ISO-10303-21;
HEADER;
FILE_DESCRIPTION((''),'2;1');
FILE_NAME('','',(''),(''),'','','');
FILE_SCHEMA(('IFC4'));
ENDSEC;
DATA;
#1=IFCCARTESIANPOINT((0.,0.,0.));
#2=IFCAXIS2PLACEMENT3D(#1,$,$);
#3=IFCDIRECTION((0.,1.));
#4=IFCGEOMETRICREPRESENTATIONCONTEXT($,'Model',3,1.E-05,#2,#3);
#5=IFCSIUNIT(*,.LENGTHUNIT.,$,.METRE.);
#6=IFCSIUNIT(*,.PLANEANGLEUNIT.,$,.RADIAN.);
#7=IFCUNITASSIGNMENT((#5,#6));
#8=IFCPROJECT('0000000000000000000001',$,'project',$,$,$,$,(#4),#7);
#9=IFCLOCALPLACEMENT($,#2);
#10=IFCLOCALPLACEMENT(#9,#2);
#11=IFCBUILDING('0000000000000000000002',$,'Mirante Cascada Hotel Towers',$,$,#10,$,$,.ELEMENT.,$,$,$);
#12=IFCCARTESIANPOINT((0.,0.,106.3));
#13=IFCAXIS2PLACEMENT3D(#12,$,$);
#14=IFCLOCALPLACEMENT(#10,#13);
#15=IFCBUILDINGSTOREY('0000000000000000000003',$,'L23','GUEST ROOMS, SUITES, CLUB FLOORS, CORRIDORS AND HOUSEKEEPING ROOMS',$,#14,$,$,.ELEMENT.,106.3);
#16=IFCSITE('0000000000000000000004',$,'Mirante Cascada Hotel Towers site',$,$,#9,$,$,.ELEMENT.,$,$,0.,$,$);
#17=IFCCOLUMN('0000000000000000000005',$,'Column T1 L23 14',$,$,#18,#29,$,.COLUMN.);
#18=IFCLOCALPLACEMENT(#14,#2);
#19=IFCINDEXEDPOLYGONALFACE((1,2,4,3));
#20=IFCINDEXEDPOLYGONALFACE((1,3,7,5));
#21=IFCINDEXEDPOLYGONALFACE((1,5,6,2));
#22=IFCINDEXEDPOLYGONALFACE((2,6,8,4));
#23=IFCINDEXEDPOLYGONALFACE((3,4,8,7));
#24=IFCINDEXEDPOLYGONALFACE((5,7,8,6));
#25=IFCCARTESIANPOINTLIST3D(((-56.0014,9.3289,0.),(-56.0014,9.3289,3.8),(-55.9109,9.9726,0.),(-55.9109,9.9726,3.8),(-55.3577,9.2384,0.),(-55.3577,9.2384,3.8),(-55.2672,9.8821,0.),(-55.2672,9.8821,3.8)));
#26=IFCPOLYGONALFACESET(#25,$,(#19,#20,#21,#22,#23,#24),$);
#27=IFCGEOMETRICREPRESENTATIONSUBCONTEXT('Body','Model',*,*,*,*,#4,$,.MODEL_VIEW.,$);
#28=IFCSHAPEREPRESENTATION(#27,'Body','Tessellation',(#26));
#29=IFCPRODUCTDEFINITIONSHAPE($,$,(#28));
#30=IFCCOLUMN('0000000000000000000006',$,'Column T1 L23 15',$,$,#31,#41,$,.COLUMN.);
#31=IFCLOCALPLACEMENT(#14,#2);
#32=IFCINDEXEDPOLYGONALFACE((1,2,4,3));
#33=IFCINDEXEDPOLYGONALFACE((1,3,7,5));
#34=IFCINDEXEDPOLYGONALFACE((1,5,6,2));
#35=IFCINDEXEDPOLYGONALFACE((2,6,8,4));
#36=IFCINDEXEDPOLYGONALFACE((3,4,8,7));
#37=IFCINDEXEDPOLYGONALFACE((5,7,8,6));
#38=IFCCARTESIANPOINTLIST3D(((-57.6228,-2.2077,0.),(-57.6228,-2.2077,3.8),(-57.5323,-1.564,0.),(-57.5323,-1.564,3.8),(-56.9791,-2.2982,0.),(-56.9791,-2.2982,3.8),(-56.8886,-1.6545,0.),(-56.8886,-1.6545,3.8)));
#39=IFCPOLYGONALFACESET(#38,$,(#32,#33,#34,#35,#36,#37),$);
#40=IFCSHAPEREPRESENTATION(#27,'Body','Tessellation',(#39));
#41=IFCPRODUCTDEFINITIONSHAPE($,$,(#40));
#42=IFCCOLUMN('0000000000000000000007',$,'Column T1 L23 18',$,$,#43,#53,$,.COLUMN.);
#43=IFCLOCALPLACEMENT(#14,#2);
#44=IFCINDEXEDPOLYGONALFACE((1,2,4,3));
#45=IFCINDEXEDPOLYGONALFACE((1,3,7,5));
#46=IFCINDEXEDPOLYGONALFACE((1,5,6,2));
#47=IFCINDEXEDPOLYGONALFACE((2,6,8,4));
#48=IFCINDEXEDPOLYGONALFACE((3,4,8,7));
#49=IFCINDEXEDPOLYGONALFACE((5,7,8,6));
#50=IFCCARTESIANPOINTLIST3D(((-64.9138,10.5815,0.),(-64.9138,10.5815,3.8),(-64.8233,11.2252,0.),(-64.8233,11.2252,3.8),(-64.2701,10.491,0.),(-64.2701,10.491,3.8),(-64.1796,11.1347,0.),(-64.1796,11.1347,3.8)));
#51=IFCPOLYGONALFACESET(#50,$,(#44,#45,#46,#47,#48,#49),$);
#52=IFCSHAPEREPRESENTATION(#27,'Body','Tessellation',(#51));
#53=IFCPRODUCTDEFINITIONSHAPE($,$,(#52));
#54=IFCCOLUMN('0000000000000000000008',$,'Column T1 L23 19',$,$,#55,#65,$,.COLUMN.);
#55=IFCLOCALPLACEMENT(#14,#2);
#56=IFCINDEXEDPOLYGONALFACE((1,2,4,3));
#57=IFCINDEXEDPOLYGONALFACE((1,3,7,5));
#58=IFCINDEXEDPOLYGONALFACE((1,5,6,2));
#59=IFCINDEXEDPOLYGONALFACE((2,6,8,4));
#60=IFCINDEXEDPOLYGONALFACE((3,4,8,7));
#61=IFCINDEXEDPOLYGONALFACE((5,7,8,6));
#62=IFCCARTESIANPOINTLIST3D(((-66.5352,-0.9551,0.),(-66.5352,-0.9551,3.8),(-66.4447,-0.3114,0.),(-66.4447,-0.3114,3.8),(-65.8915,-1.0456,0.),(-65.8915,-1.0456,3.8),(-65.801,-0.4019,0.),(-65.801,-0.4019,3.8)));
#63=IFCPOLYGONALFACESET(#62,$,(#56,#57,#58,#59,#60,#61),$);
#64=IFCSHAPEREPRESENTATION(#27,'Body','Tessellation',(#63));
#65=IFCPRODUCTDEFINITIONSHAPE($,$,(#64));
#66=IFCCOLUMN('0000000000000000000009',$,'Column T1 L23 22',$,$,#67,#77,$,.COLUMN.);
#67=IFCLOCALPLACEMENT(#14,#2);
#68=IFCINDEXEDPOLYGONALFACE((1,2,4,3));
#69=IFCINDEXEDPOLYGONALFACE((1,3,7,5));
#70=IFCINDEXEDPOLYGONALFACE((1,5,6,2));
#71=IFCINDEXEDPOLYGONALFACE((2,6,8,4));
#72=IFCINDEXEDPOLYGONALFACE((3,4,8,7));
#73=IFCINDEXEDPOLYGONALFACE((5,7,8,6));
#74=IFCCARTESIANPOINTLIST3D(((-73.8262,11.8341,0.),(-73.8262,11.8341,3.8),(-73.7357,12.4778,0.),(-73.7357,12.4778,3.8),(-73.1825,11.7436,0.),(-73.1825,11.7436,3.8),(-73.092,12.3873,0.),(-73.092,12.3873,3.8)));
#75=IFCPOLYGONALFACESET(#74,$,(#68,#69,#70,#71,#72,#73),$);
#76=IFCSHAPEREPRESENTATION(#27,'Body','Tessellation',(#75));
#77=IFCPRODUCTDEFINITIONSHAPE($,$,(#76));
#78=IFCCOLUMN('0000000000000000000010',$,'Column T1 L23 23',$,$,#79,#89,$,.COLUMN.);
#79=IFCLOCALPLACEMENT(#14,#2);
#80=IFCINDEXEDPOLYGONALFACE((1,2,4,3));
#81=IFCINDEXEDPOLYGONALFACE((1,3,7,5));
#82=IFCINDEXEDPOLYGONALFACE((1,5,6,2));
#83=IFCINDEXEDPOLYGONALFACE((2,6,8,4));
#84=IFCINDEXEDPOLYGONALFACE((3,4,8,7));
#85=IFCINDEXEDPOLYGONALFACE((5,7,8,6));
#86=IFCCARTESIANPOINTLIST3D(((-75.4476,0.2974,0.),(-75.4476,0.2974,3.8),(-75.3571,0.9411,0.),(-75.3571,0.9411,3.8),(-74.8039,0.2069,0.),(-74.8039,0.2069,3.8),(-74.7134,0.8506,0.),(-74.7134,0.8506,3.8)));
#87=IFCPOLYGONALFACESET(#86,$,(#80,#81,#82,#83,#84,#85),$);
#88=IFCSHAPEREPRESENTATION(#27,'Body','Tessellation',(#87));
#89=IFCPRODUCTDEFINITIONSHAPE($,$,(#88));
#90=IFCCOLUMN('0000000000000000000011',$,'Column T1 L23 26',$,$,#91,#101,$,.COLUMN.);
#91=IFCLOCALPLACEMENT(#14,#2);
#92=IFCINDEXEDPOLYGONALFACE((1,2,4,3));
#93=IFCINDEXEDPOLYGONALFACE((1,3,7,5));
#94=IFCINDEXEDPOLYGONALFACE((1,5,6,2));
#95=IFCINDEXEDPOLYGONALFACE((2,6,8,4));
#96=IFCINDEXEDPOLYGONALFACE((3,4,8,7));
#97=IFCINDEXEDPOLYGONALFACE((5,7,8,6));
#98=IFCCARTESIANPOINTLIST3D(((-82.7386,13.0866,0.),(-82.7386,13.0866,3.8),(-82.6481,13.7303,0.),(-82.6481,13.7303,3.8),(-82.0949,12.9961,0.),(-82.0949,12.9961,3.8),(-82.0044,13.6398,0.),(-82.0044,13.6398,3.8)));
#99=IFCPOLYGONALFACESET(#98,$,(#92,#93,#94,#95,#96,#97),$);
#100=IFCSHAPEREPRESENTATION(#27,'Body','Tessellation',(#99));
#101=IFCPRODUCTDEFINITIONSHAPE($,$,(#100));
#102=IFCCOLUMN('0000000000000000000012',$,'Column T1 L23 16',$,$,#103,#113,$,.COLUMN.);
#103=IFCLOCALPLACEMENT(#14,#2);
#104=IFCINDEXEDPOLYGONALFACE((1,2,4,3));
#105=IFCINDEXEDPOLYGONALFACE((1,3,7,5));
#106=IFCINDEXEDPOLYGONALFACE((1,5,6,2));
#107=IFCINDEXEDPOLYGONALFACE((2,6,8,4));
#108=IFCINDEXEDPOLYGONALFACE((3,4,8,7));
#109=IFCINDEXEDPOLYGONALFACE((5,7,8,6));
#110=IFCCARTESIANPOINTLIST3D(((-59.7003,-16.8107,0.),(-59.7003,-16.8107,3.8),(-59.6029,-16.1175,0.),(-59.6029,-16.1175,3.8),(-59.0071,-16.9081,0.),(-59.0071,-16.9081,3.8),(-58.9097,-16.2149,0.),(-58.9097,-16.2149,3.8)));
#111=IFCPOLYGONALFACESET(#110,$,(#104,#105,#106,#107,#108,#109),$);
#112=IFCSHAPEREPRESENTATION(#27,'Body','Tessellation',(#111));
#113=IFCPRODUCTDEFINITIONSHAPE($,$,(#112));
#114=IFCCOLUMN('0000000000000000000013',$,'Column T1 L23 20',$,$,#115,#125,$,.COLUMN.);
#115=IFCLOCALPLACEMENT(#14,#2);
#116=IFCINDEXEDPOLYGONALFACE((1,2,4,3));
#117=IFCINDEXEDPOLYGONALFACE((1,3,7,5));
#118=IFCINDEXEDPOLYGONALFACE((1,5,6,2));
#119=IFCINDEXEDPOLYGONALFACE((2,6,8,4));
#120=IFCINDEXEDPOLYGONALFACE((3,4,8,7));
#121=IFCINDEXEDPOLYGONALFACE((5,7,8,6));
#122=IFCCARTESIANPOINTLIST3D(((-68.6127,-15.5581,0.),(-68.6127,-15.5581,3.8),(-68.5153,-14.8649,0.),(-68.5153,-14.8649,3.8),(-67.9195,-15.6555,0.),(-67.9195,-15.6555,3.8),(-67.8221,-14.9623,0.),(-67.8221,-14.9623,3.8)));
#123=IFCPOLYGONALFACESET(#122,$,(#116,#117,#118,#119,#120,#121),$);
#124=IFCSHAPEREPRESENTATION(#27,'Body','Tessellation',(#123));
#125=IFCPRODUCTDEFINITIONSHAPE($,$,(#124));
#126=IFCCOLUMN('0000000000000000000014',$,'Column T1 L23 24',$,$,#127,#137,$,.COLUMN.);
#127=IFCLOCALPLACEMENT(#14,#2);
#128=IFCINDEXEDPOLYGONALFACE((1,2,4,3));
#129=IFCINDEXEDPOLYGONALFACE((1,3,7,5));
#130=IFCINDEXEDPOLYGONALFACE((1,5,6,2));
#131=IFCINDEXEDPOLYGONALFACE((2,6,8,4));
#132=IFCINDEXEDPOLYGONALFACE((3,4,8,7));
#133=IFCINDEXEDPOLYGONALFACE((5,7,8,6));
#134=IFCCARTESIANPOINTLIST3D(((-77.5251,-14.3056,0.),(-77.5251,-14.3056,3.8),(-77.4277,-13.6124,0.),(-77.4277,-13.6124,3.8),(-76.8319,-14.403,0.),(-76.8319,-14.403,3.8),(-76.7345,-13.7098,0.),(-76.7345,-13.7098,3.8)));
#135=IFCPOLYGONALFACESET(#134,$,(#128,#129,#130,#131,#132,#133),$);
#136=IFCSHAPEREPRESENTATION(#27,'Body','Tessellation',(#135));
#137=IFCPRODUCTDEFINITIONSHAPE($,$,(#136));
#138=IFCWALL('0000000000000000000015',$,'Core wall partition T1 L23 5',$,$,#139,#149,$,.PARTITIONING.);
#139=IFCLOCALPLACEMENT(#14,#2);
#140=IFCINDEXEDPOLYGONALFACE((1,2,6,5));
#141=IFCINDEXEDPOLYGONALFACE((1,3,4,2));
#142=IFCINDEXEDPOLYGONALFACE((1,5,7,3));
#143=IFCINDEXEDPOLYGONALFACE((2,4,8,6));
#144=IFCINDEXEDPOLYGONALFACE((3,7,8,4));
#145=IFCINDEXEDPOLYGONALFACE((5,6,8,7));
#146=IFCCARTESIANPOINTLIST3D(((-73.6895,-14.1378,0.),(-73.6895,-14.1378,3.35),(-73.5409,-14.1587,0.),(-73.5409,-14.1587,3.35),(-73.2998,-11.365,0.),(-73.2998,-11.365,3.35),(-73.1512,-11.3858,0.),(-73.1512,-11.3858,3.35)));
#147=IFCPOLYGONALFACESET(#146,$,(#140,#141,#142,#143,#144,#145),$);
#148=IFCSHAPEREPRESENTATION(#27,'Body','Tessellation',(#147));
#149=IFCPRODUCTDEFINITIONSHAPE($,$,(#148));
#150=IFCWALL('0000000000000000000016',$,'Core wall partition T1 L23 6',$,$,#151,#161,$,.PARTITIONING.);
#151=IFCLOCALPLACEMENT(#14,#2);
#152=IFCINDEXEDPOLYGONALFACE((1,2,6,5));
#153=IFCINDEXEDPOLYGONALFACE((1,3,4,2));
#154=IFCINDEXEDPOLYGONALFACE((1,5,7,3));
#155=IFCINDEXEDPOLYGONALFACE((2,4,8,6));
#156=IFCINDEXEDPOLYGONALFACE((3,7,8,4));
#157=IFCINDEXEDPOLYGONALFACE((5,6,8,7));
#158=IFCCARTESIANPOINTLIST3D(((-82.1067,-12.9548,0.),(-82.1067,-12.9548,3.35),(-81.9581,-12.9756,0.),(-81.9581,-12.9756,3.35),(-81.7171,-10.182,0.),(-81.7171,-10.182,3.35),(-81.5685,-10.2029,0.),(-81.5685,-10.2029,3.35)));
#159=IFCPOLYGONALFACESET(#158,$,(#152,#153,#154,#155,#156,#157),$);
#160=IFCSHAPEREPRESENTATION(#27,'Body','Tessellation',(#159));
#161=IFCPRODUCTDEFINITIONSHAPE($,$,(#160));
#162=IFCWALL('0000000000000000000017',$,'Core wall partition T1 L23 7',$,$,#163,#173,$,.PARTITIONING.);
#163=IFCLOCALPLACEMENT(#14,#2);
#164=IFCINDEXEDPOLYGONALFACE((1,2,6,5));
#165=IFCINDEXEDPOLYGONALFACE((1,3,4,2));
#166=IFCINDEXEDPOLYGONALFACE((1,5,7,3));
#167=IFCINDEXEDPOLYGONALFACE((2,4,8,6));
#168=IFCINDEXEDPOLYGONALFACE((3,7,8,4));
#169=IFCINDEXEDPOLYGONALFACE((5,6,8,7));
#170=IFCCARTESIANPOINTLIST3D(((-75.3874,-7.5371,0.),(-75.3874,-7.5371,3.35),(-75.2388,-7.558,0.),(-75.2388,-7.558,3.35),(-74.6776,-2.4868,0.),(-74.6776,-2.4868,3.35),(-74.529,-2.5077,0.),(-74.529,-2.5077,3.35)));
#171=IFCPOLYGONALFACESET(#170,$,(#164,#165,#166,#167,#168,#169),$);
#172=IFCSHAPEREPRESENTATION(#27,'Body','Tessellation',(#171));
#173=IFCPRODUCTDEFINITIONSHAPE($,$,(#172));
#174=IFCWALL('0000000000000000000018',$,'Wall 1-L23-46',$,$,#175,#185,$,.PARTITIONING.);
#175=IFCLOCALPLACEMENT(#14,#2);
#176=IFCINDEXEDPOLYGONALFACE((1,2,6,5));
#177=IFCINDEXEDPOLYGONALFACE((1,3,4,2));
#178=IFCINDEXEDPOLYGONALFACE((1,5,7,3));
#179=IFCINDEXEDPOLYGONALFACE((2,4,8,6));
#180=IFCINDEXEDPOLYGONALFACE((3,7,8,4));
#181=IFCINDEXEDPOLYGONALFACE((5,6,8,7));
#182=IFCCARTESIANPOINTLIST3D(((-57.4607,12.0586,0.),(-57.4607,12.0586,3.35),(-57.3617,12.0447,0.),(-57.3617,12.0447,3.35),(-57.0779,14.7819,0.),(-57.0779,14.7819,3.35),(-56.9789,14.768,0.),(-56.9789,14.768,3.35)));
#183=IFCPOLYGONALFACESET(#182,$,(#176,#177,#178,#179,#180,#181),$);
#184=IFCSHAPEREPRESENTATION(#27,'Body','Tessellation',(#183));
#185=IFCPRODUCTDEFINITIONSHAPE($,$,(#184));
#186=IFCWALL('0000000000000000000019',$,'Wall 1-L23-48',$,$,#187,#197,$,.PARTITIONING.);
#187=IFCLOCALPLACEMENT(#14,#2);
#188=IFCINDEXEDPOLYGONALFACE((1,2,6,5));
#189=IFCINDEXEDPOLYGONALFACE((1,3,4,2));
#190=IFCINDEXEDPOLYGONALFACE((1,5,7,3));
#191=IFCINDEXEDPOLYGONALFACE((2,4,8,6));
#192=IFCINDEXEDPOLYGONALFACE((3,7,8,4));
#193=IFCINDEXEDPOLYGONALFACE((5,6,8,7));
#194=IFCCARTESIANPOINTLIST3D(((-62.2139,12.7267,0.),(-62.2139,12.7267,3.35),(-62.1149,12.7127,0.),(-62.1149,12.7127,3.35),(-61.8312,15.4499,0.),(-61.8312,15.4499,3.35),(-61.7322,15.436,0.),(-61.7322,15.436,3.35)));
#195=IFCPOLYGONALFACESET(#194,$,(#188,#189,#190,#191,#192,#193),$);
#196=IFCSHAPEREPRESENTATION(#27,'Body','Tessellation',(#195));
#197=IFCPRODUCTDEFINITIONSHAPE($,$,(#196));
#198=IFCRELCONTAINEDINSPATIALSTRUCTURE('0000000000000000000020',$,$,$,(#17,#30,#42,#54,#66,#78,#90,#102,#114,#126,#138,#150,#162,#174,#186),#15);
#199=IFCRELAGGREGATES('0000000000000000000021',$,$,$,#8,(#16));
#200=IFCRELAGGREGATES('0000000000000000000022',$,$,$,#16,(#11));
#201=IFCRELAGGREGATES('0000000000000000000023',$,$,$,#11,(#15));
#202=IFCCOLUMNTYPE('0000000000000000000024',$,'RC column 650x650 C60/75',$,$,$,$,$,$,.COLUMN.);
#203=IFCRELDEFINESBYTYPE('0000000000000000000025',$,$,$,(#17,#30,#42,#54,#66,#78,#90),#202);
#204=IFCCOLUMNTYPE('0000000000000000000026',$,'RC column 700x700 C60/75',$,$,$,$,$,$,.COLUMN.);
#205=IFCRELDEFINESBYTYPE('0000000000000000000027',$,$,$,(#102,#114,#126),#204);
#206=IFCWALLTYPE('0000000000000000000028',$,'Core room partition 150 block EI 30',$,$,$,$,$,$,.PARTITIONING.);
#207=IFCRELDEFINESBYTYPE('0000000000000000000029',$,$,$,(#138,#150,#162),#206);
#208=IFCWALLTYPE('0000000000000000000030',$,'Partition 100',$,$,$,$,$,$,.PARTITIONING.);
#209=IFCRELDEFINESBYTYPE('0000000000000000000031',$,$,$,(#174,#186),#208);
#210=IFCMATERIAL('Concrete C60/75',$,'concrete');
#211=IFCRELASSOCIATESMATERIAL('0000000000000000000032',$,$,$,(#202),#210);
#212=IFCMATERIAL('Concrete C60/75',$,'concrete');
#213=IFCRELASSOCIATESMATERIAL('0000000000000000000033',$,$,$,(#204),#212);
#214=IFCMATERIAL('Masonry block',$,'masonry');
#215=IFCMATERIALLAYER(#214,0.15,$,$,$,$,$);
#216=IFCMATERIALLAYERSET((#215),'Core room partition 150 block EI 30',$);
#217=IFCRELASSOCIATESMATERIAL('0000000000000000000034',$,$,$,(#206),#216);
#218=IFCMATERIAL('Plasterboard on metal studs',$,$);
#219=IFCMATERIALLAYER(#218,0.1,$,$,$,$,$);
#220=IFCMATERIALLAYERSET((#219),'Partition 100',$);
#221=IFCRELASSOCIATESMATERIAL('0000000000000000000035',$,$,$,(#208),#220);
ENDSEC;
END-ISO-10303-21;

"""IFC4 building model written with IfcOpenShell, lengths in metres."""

from ifc_helpers import new_model, si_unit, direction, frame, frame_2d, origin, origin_2d, place, context, subcontext, project, spatial, rectangle, extrude, material, layer, layer_set, material_profile, profile_set, type_object, element, save


model = new_model("IFC4")

# Units and contexts
model_context = context("Model", 3, precision=1e-05, world=origin(), true_north=direction((0.0, 1.0)))
body_context = subcontext(model_context, "Body", "Model", "MODEL_VIEW")
ifc_project = project(units=[si_unit("LENGTHUNIT", "METRE"), si_unit("PLANEANGLEUNIT", "RADIAN")], contexts=[model_context])

# Site, building, storey
site_placement = place(None, origin())
site = spatial("IfcSite", under=ifc_project, at=site_placement, Name="Mirante Cascada Hotel Towers site", CompositionType="ELEMENT", RefElevation=0.0)
building_placement = place(site_placement, origin())
building = spatial("IfcBuilding", under=site, at=building_placement, Name="Mirante Cascada Hotel Towers", CompositionType="ELEMENT")
storey_placement = place(building_placement, frame((0.0, 0.0, 106.3)))
storey = spatial("IfcBuildingStorey", under=building, at=storey_placement, Name="L23", Description="GUEST ROOMS, SUITES, CLUB FLOORS, CORRIDORS AND HOUSEKEEPING ROOMS", CompositionType="ELEMENT", Elevation=106.3)

# Columns
ifc_material_1 = material(Name="Concrete C60/75", Category="concrete")
ifc_material_profile_1 = material_profile(ifc_material_1, rectangle(XDim=0.65, YDim=0.65, at=origin_2d()), Name="RC column 650x650 C60/75")
ifc_profile_set_1 = profile_set([ifc_material_profile_1], Name="Concrete C60/75")
column_type_1 = type_object("IfcColumnType", Name="RC column 650x650 C60/75", PredefinedType="COLUMN", material=ifc_profile_set_1)
for number, where, z_axis, x_axis, name in (
    (1, (-55.6343, 9.6055, 0.0), (0.0, 0.0, 1.0), (-0.990268, 0.139173, 0.0), "Column T1 L23 14"),
    (2, (-57.2557, -1.9311, 0.0), (0.0, 0.0, 1.0), (-0.990268, 0.139173, 0.0), "Column T1 L23 15"),
    (3, (-64.5467, 10.8581, 0.0), (0.0, 0.0, 1.0), (-0.990268, 0.139173, 0.0), "Column T1 L23 18"),
    (4, (-66.1681, -0.6785, 0.0), (0.0, 0.0, 1.0), (-0.990268, 0.139173, 0.0), "Column T1 L23 19"),
    (5, (-73.4591, 12.1107, 0.0), (0.0, 0.0, 1.0), (-0.990268, 0.139173, 0.0), "Column T1 L23 22"),
    (6, (-75.0805, 0.574, 0.0), (0.0, 0.0, 1.0), (-0.990268, 0.139173, 0.0), "Column T1 L23 23"),
    (7, (-82.3715, 13.3632, 0.0), (0.0, 0.0, 1.0), (-0.990268, 0.139173, 0.0), "Column T1 L23 26"),
):
    element("IfcColumn", number, at=place(storey_placement, frame(where, z_axis=z_axis, x_axis=x_axis)), inside=storey, type_object=column_type_1, Name=name, PredefinedType="COLUMN", context=body_context, shape_type="SweptSolid", body=[
        extrude(rectangle(XDim=0.65, YDim=0.65, at=origin_2d()), origin(), (0.0, 0.0, 1.0), 3.8),
    ])
ifc_material_2 = material(Name="Concrete C60/75", Category="concrete")
ifc_material_profile_2 = material_profile(ifc_material_2, rectangle(XDim=0.7, YDim=0.7, at=origin_2d()), Name="RC column 700x700 C60/75")
ifc_profile_set_2 = profile_set([ifc_material_profile_2], Name="Concrete C60/75")
column_type_2 = type_object("IfcColumnType", Name="RC column 700x700 C60/75", PredefinedType="COLUMN", material=ifc_profile_set_2)
for number, where, z_axis, x_axis, name in (
    (8, (-59.305, -16.5128, 0.0), (0.0, 0.0, 1.0), (-0.990268, 0.139173, 0.0), "Column T1 L23 16"),
    (9, (-68.2174, -15.2602, 0.0), (0.0, 0.0, 1.0), (-0.990268, 0.139173, 0.0), "Column T1 L23 20"),
    (10, (-77.1298, -14.0077, 0.0), (0.0, 0.0, 1.0), (-0.990268, 0.139173, 0.0), "Column T1 L23 24"),
):
    element("IfcColumn", number, at=place(storey_placement, frame(where, z_axis=z_axis, x_axis=x_axis)), inside=storey, type_object=column_type_2, Name=name, PredefinedType="COLUMN", context=body_context, shape_type="SweptSolid", body=[
        extrude(rectangle(XDim=0.7, YDim=0.7, at=origin_2d()), origin(), (0.0, 0.0, 1.0), 3.8),
    ])

# Walls
ifc_material_3 = material(Name="Masonry block", Category="masonry")
ifc_layer_1 = layer(ifc_material_3, 0.15)
ifc_layer_set_1 = layer_set([ifc_layer_1], Name="Core room partition 150 block EI 30")
wall_type_1 = type_object("IfcWallType", Name="Core room partition 150 block EI 30", PredefinedType="PARTITIONING", material=ifc_layer_set_1)
wall_1_placement = place(storey_placement, frame((-73.6152, -14.1482, 0.0), z_axis=(0.0, 0.0, 1.0), x_axis=(0.139176, 0.990268, 0.0)))
element("IfcWall", 11, at=wall_1_placement, inside=storey, type_object=wall_type_1, Name="Core wall partition T1 L23 5", PredefinedType="PARTITIONING", context=body_context, shape_type="SweptSolid", body=[
    extrude(rectangle(XDim=2.8001, YDim=0.15, at=frame_2d((1.4, 0.0))), origin(), (0.0, 0.0, 1.0), 3.35),
])
wall_2_placement = place(storey_placement, frame((-82.0324, -12.9652, 0.0), z_axis=(0.0, 0.0, 1.0), x_axis=(0.139141, 0.990273, 0.0)))
element("IfcWall", 12, at=wall_2_placement, inside=storey, type_object=wall_type_1, Name="Core wall partition T1 L23 6", PredefinedType="PARTITIONING", context=body_context, shape_type="SweptSolid", body=[
    extrude(rectangle(XDim=2.8, YDim=0.15, at=frame_2d((1.4, 0.0))), origin(), (0.0, 0.0, 1.0), 3.35),
])
wall_3_placement = place(storey_placement, frame((-75.3131, -7.5476, 0.0), z_axis=(0.0, 0.0, 1.0), x_axis=(0.139178, 0.990267, 0.0)))
element("IfcWall", 13, at=wall_3_placement, inside=storey, type_object=wall_type_1, Name="Core wall partition T1 L23 7", PredefinedType="PARTITIONING", context=body_context, shape_type="SweptSolid", body=[
    extrude(rectangle(XDim=5.0999, YDim=0.15, at=frame_2d((2.55, 0.0))), origin(), (0.0, 0.0, 1.0), 3.35),
])
ifc_material_4 = material(Name="Plasterboard on metal studs")
ifc_layer_2 = layer(ifc_material_4, 0.1)
ifc_layer_set_2 = layer_set([ifc_layer_2], Name="Partition 100")
wall_type_2 = type_object("IfcWallType", Name="Partition 100", PredefinedType="PARTITIONING", material=ifc_layer_set_2)
wall_4_placement = place(storey_placement, frame((-57.4112, 12.0516, 0.0), z_axis=(0.0, 0.0, 1.0), x_axis=(0.139196, 0.990265, 0.0)))
element("IfcWall", 14, at=wall_4_placement, inside=storey, type_object=wall_type_2, Name="Wall 1-L23-46", PredefinedType="PARTITIONING", context=body_context, shape_type="SweptSolid", body=[
    extrude(rectangle(XDim=2.7501, YDim=0.1, at=frame_2d((1.3751, 0.0))), origin(), (0.0, 0.0, 1.0), 3.35),
])
wall_5_placement = place(storey_placement, frame((-62.1644, 12.7197, 0.0), z_axis=(0.0, 0.0, 1.0), x_axis=(0.139166, 0.990269, 0.0)))
element("IfcWall", 15, at=wall_5_placement, inside=storey, type_object=wall_type_2, Name="Wall 1-L23-48", PredefinedType="PARTITIONING", context=body_context, shape_type="SweptSolid", body=[
    extrude(rectangle(XDim=2.75, YDim=0.1, at=frame_2d((1.375, 0.0))), origin(), (0.0, 0.0, 1.0), 3.35),
])

save(model, "model.ifc")
